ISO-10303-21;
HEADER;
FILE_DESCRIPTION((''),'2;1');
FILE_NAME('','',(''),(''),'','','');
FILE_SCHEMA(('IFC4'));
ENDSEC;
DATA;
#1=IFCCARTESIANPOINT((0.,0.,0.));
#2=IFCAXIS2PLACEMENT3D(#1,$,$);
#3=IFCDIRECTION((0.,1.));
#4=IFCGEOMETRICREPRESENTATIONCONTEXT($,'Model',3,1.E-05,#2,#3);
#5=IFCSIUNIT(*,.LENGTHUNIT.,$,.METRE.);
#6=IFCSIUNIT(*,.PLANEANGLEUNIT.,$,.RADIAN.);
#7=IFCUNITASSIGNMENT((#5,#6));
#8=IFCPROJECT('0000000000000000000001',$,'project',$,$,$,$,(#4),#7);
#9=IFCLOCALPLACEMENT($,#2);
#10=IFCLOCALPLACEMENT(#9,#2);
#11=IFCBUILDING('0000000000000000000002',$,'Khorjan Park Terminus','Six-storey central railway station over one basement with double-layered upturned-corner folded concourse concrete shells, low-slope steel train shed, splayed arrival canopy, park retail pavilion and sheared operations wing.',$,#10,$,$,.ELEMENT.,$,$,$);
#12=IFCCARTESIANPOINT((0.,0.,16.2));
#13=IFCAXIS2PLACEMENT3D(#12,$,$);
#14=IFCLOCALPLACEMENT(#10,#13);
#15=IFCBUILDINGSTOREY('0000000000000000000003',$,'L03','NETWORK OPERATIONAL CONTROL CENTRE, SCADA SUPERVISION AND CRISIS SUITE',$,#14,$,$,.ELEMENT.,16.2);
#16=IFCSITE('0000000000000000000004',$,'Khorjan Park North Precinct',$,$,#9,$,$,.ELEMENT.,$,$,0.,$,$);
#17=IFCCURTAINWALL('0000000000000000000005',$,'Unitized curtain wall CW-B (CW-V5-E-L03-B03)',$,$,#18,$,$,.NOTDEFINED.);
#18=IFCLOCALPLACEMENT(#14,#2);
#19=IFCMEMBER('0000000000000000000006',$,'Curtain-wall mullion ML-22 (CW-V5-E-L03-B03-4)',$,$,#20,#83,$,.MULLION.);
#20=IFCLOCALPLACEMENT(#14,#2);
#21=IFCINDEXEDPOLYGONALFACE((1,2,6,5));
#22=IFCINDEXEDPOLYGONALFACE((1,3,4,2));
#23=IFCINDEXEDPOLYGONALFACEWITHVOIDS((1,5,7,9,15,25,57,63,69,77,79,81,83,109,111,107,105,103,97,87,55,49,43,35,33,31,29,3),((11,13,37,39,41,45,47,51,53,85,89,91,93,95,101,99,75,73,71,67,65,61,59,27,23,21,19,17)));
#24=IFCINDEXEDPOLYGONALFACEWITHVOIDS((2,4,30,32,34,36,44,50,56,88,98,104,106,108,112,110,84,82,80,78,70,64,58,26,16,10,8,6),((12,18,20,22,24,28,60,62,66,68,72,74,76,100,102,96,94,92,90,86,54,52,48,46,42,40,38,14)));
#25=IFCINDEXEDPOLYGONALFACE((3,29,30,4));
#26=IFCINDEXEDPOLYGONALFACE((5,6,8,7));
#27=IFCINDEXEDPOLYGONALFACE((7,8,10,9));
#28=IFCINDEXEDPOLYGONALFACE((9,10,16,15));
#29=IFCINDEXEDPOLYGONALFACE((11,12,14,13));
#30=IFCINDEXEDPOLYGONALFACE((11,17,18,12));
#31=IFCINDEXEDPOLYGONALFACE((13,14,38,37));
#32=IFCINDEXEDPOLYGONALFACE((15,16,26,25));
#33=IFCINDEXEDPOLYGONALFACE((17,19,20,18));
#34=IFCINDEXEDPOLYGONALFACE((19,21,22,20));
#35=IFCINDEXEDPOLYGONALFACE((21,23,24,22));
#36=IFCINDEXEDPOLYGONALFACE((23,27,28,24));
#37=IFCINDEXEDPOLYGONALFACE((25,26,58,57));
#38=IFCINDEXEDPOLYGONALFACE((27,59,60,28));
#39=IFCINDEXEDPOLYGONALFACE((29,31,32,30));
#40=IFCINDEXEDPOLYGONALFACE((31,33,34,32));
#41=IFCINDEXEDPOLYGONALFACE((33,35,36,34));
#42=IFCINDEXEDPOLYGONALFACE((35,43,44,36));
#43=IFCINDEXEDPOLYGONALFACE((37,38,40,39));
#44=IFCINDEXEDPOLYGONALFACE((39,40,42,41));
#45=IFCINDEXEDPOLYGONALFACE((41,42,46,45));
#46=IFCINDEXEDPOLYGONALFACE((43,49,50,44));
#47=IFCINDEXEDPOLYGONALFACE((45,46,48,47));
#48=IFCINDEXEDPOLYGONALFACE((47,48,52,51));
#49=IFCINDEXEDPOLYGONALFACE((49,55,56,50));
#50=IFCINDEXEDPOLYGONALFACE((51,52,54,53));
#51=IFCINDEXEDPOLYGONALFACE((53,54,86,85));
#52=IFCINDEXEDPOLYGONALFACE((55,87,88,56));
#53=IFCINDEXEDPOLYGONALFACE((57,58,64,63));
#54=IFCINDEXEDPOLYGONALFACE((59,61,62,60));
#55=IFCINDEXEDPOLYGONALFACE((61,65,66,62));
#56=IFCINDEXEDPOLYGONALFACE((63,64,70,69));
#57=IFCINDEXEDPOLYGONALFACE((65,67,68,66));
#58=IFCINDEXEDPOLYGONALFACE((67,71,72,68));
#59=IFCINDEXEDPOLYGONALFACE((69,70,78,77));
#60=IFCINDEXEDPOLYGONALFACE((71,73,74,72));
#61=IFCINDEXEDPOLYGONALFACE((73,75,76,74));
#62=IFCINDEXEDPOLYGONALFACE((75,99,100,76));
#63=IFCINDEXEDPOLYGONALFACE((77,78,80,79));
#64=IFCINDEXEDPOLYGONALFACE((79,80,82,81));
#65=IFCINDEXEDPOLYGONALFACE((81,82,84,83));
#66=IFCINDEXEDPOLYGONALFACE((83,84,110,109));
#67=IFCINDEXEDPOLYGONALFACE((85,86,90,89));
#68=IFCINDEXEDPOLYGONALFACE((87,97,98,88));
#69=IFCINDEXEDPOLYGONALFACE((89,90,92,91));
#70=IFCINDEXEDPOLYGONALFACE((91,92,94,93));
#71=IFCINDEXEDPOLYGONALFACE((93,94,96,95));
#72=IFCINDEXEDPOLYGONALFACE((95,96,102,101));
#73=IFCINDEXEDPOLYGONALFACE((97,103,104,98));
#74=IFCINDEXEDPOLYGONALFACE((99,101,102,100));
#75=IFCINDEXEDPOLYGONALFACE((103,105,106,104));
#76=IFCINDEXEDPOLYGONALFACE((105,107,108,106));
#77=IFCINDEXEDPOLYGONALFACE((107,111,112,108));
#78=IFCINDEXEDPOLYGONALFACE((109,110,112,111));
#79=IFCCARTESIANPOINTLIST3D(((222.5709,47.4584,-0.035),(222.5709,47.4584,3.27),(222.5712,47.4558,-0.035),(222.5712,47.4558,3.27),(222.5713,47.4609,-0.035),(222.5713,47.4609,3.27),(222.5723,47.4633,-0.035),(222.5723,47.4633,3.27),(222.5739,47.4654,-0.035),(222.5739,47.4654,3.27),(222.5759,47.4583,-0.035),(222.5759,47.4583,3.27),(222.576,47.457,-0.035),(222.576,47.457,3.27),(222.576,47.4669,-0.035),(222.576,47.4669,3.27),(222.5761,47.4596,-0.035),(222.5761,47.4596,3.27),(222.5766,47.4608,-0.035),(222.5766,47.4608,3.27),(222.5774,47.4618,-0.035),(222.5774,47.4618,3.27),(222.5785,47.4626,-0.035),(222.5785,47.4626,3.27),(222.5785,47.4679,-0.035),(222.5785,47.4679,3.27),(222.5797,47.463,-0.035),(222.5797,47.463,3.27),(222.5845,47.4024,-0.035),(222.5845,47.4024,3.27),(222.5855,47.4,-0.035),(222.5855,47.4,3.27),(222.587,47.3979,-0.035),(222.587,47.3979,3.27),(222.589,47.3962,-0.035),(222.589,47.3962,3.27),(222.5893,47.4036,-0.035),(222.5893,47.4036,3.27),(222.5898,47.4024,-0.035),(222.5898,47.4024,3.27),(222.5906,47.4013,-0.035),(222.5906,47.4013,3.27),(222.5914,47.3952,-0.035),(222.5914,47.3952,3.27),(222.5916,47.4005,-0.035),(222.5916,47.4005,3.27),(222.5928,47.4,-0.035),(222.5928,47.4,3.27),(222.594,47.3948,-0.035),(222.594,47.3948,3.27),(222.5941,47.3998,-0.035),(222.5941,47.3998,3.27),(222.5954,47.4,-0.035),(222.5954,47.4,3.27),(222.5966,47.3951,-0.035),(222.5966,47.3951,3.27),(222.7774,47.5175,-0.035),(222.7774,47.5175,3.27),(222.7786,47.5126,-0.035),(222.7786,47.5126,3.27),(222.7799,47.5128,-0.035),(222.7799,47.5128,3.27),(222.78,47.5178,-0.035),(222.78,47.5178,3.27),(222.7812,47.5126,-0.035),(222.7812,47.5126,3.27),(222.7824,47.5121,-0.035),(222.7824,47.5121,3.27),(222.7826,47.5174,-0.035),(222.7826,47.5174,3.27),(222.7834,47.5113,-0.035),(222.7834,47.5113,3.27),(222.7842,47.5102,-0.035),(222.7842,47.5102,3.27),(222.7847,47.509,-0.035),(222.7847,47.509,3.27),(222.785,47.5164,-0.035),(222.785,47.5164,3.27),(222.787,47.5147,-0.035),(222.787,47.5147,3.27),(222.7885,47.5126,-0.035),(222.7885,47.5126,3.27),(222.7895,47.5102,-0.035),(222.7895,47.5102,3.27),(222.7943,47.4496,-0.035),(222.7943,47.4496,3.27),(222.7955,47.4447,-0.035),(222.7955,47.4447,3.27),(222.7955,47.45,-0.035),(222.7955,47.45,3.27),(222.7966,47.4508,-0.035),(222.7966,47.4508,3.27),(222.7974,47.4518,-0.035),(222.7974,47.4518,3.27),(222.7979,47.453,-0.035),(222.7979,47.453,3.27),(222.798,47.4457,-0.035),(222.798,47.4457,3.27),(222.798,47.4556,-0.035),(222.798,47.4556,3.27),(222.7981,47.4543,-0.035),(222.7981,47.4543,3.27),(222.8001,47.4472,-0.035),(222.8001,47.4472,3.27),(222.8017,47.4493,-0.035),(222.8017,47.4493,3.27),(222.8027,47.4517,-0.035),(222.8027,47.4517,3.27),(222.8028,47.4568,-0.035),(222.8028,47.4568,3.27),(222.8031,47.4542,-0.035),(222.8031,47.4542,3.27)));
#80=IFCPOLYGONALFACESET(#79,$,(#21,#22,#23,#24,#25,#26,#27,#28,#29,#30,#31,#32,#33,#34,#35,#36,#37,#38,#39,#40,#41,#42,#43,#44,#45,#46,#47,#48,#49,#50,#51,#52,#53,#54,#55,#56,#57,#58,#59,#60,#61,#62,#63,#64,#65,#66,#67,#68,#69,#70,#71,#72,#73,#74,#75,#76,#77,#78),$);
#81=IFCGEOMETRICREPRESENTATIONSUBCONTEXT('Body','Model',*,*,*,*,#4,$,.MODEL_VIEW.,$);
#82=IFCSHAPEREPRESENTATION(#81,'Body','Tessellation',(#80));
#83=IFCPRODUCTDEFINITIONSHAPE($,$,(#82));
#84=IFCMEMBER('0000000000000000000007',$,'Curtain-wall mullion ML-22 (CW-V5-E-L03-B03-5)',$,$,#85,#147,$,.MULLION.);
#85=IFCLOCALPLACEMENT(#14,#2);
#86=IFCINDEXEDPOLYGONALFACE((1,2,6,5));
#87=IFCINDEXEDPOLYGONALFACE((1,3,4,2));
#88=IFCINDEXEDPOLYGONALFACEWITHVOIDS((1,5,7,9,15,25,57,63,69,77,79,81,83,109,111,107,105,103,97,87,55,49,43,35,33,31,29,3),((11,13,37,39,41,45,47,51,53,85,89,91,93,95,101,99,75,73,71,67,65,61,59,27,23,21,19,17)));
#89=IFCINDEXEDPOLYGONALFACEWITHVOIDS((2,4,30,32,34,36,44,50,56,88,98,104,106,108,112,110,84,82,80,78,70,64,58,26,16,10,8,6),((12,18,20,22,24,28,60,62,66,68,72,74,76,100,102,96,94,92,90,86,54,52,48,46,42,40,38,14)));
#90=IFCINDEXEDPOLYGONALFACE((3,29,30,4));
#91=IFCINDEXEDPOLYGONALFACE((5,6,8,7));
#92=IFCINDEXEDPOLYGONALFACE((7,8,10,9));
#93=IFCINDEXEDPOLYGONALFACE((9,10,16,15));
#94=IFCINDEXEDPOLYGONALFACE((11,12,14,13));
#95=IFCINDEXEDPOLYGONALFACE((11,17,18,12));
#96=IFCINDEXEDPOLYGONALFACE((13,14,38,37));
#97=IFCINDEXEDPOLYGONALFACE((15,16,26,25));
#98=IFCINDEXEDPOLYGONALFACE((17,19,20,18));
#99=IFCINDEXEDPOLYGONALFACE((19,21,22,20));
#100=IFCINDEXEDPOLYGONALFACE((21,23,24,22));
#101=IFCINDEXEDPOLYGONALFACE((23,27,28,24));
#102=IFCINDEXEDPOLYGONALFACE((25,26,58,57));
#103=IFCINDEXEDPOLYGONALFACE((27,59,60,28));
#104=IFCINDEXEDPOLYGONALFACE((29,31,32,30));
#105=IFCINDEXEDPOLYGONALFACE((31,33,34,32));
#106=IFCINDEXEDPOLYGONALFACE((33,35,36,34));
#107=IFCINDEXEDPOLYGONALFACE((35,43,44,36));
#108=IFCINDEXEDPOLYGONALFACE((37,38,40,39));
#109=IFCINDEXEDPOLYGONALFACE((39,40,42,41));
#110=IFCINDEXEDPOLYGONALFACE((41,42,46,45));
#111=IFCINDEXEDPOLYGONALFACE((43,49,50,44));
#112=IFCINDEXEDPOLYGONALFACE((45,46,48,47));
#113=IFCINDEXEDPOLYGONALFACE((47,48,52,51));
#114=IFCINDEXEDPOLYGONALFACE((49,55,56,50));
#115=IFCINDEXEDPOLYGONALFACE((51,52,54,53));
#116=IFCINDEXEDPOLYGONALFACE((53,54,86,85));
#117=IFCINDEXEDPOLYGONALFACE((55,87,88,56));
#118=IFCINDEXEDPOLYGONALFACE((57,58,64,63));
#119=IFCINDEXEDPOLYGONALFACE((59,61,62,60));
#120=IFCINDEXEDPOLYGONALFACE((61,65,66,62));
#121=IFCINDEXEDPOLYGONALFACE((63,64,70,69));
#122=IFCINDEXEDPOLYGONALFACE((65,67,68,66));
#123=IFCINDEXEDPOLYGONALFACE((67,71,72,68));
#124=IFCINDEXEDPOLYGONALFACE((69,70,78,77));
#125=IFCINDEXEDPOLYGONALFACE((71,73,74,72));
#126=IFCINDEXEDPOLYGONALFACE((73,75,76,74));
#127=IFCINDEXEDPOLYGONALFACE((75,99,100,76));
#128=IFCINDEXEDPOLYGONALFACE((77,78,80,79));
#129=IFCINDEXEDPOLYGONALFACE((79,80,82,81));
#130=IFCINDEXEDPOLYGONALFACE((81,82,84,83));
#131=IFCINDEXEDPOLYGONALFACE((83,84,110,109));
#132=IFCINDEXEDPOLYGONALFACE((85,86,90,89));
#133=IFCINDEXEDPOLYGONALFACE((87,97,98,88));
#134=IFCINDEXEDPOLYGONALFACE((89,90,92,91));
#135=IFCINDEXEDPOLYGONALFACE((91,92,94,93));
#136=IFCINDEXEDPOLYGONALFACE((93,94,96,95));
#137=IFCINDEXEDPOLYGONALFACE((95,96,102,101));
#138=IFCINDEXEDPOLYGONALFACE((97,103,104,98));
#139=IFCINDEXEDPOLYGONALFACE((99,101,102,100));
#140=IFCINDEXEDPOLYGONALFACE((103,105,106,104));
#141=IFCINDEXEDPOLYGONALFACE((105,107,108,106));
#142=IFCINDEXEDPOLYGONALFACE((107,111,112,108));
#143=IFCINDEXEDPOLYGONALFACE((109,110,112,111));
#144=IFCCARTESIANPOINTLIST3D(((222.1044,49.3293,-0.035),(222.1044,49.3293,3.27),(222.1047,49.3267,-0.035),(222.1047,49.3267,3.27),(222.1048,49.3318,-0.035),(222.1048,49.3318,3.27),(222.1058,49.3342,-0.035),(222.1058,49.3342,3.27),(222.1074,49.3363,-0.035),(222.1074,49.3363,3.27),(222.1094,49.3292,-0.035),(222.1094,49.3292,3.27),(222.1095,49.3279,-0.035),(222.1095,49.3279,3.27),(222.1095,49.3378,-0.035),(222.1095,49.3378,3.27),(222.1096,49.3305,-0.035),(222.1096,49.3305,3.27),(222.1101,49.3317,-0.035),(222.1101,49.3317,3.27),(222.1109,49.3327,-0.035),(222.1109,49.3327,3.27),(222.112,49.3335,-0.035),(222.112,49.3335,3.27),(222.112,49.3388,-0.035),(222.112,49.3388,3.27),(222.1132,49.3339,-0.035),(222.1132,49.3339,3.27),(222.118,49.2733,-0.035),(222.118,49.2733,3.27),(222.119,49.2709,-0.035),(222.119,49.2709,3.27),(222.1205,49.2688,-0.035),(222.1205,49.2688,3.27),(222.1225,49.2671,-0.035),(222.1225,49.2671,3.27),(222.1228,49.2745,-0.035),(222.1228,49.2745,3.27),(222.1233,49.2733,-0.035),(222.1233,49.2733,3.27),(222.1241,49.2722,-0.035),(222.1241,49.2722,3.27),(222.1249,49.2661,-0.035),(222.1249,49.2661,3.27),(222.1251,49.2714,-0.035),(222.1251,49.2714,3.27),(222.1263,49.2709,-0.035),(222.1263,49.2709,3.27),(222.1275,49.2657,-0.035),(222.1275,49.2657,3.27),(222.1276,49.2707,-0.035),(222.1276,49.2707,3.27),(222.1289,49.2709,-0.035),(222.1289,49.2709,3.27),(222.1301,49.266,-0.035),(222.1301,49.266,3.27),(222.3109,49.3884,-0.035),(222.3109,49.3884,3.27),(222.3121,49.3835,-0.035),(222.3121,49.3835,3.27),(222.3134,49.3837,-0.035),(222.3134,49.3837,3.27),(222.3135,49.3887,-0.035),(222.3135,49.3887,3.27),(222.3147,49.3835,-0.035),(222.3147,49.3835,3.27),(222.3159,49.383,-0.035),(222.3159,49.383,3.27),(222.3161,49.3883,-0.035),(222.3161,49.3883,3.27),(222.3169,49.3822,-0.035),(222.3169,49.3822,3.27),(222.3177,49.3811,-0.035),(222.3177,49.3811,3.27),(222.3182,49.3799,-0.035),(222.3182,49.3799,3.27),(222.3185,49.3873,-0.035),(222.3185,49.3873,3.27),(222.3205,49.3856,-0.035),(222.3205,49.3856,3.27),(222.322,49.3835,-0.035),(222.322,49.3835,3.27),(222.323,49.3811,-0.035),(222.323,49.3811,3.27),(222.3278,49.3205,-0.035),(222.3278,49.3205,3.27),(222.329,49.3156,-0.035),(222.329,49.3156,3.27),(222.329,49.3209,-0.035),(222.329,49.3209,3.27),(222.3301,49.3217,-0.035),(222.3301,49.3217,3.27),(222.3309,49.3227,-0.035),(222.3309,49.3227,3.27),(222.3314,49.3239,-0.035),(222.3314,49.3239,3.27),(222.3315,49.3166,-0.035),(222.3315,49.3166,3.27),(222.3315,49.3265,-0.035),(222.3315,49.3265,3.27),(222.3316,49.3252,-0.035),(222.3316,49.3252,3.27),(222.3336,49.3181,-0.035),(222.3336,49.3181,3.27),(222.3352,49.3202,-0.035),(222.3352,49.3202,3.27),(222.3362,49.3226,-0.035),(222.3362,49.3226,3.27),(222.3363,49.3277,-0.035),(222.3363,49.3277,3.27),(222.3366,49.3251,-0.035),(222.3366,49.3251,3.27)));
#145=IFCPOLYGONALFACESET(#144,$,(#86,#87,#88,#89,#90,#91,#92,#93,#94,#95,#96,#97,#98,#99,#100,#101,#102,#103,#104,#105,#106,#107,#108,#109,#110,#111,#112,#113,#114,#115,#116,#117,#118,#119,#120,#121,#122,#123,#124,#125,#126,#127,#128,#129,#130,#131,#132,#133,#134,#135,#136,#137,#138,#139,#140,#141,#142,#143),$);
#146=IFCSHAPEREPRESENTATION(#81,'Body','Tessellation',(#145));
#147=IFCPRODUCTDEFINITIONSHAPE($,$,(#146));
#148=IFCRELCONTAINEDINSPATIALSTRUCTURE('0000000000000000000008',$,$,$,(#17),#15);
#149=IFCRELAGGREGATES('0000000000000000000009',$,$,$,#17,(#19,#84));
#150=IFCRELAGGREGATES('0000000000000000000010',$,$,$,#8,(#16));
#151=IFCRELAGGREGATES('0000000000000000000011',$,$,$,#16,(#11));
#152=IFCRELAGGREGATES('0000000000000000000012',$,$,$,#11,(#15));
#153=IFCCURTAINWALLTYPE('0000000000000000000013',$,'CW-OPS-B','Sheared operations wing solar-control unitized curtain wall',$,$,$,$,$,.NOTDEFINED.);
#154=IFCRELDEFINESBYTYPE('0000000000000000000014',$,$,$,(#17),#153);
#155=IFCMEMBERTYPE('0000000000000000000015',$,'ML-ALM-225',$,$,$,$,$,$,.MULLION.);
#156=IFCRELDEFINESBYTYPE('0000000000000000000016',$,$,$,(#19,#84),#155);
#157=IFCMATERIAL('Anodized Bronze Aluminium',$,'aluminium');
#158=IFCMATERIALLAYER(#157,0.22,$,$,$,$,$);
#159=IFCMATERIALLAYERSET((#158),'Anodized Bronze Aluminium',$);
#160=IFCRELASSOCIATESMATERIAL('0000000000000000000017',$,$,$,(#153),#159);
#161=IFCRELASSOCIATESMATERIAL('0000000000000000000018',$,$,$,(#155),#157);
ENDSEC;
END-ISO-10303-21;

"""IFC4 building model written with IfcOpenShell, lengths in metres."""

from ifc_helpers import new_model, si_unit, direction, frame, origin, origin_2d, place, context, subcontext, project, spatial, hollow_rectangle, extrude, material, layer, layer_set, material_profile, profile_set, type_object, element, aggregate, save


model = new_model("IFC4")

# Units and contexts
model_context = context("Model", 3, precision=1e-05, world=origin(), true_north=direction((0.0, 1.0)))
body_context = subcontext(model_context, "Body", "Model", "MODEL_VIEW")
ifc_project = project(units=[si_unit("LENGTHUNIT", "METRE"), si_unit("PLANEANGLEUNIT", "RADIAN")], contexts=[model_context])

# Site, building, storey
site_placement = place(None, origin())
site = spatial("IfcSite", under=ifc_project, at=site_placement, Name="Khorjan Park North Precinct", CompositionType="ELEMENT", RefElevation=0.0)
building_placement = place(site_placement, origin())
building = spatial("IfcBuilding", under=site, at=building_placement, Name="Khorjan Park Terminus", Description="Six-storey central railway station over one basement with double-layered upturned-corner folded concourse concrete shells, low-slope steel train shed, splayed arrival canopy, park retail pavilion and sheared operations wing.", CompositionType="ELEMENT")
storey_placement = place(building_placement, frame((0.0, 0.0, 16.2)))
storey = spatial("IfcBuildingStorey", under=building, at=storey_placement, Name="L03", Description="NETWORK OPERATIONAL CONTROL CENTRE, SCADA SUPERVISION AND CRISIS SUITE", CompositionType="ELEMENT", Elevation=16.2)

# Curtain wall, members
ifc_material_1 = material(Name="Anodized Bronze Aluminium", Category="aluminium")
ifc_layer_1 = layer(ifc_material_1, 0.22)
ifc_layer_set_1 = layer_set([ifc_layer_1], Name="Anodized Bronze Aluminium")
curtain_wall_type = type_object("IfcCurtainWallType", Name="CW-OPS-B", Description="Sheared operations wing solar-control unitized curtain wall", PredefinedType="NOTDEFINED", material=ifc_layer_set_1)
curtain_wall_placement = place(storey_placement, origin())
curtain_wall = element("IfcCurtainWall", 1, at=curtain_wall_placement, inside=storey, type_object=curtain_wall_type, Name="Unitized curtain wall CW-B (CW-V5-E-L03-B03)", PredefinedType="NOTDEFINED")
ifc_material_profile_1 = material_profile(ifc_material_1, hollow_rectangle(XDim=0.075, YDim=0.225, WallThickness=0.005, InnerFilletRadius=0.005, OuterFilletRadius=0.01, at=origin_2d()), Name="ALM 75x225x5")
ifc_profile_set_1 = profile_set([ifc_material_profile_1], Name="Anodized Bronze Aluminium")
member_type_1 = type_object("IfcMemberType", Name="ML-ALM-225", PredefinedType="MULLION", material=ifc_profile_set_1)
member_1_placement = place(storey_placement, frame((222.687, 47.4563, -0.035), z_axis=(0.0, 0.0, 1.0), x_axis=(-0.241923, 0.970295, 0.0)))
member_1 = element("IfcMember", 2, at=member_1_placement, type_object=member_type_1, Name="Curtain-wall mullion ML-22 (CW-V5-E-L03-B03-4)", PredefinedType="MULLION", context=body_context, shape_type="SweptSolid", body=[
    extrude(hollow_rectangle(XDim=0.075, YDim=0.225, WallThickness=0.005, InnerFilletRadius=0.005, OuterFilletRadius=0.01, at=origin_2d()), origin(), (0.0, 0.0, 1.0), 3.305),
])
member_2_placement = place(storey_placement, frame((222.2205, 49.3272, -0.035), z_axis=(0.0, 0.0, 1.0), x_axis=(-0.241923, 0.970295, 0.0)))
member_2 = element("IfcMember", 3, at=member_2_placement, type_object=member_type_1, Name="Curtain-wall mullion ML-22 (CW-V5-E-L03-B03-5)", PredefinedType="MULLION", context=body_context, shape_type="SweptSolid", body=[
    extrude(hollow_rectangle(XDim=0.075, YDim=0.225, WallThickness=0.005, InnerFilletRadius=0.005, OuterFilletRadius=0.01, at=origin_2d()), origin(), (0.0, 0.0, 1.0), 3.305),
])
aggregate(curtain_wall, [member_1, member_2])

save(model, "model.ifc")
